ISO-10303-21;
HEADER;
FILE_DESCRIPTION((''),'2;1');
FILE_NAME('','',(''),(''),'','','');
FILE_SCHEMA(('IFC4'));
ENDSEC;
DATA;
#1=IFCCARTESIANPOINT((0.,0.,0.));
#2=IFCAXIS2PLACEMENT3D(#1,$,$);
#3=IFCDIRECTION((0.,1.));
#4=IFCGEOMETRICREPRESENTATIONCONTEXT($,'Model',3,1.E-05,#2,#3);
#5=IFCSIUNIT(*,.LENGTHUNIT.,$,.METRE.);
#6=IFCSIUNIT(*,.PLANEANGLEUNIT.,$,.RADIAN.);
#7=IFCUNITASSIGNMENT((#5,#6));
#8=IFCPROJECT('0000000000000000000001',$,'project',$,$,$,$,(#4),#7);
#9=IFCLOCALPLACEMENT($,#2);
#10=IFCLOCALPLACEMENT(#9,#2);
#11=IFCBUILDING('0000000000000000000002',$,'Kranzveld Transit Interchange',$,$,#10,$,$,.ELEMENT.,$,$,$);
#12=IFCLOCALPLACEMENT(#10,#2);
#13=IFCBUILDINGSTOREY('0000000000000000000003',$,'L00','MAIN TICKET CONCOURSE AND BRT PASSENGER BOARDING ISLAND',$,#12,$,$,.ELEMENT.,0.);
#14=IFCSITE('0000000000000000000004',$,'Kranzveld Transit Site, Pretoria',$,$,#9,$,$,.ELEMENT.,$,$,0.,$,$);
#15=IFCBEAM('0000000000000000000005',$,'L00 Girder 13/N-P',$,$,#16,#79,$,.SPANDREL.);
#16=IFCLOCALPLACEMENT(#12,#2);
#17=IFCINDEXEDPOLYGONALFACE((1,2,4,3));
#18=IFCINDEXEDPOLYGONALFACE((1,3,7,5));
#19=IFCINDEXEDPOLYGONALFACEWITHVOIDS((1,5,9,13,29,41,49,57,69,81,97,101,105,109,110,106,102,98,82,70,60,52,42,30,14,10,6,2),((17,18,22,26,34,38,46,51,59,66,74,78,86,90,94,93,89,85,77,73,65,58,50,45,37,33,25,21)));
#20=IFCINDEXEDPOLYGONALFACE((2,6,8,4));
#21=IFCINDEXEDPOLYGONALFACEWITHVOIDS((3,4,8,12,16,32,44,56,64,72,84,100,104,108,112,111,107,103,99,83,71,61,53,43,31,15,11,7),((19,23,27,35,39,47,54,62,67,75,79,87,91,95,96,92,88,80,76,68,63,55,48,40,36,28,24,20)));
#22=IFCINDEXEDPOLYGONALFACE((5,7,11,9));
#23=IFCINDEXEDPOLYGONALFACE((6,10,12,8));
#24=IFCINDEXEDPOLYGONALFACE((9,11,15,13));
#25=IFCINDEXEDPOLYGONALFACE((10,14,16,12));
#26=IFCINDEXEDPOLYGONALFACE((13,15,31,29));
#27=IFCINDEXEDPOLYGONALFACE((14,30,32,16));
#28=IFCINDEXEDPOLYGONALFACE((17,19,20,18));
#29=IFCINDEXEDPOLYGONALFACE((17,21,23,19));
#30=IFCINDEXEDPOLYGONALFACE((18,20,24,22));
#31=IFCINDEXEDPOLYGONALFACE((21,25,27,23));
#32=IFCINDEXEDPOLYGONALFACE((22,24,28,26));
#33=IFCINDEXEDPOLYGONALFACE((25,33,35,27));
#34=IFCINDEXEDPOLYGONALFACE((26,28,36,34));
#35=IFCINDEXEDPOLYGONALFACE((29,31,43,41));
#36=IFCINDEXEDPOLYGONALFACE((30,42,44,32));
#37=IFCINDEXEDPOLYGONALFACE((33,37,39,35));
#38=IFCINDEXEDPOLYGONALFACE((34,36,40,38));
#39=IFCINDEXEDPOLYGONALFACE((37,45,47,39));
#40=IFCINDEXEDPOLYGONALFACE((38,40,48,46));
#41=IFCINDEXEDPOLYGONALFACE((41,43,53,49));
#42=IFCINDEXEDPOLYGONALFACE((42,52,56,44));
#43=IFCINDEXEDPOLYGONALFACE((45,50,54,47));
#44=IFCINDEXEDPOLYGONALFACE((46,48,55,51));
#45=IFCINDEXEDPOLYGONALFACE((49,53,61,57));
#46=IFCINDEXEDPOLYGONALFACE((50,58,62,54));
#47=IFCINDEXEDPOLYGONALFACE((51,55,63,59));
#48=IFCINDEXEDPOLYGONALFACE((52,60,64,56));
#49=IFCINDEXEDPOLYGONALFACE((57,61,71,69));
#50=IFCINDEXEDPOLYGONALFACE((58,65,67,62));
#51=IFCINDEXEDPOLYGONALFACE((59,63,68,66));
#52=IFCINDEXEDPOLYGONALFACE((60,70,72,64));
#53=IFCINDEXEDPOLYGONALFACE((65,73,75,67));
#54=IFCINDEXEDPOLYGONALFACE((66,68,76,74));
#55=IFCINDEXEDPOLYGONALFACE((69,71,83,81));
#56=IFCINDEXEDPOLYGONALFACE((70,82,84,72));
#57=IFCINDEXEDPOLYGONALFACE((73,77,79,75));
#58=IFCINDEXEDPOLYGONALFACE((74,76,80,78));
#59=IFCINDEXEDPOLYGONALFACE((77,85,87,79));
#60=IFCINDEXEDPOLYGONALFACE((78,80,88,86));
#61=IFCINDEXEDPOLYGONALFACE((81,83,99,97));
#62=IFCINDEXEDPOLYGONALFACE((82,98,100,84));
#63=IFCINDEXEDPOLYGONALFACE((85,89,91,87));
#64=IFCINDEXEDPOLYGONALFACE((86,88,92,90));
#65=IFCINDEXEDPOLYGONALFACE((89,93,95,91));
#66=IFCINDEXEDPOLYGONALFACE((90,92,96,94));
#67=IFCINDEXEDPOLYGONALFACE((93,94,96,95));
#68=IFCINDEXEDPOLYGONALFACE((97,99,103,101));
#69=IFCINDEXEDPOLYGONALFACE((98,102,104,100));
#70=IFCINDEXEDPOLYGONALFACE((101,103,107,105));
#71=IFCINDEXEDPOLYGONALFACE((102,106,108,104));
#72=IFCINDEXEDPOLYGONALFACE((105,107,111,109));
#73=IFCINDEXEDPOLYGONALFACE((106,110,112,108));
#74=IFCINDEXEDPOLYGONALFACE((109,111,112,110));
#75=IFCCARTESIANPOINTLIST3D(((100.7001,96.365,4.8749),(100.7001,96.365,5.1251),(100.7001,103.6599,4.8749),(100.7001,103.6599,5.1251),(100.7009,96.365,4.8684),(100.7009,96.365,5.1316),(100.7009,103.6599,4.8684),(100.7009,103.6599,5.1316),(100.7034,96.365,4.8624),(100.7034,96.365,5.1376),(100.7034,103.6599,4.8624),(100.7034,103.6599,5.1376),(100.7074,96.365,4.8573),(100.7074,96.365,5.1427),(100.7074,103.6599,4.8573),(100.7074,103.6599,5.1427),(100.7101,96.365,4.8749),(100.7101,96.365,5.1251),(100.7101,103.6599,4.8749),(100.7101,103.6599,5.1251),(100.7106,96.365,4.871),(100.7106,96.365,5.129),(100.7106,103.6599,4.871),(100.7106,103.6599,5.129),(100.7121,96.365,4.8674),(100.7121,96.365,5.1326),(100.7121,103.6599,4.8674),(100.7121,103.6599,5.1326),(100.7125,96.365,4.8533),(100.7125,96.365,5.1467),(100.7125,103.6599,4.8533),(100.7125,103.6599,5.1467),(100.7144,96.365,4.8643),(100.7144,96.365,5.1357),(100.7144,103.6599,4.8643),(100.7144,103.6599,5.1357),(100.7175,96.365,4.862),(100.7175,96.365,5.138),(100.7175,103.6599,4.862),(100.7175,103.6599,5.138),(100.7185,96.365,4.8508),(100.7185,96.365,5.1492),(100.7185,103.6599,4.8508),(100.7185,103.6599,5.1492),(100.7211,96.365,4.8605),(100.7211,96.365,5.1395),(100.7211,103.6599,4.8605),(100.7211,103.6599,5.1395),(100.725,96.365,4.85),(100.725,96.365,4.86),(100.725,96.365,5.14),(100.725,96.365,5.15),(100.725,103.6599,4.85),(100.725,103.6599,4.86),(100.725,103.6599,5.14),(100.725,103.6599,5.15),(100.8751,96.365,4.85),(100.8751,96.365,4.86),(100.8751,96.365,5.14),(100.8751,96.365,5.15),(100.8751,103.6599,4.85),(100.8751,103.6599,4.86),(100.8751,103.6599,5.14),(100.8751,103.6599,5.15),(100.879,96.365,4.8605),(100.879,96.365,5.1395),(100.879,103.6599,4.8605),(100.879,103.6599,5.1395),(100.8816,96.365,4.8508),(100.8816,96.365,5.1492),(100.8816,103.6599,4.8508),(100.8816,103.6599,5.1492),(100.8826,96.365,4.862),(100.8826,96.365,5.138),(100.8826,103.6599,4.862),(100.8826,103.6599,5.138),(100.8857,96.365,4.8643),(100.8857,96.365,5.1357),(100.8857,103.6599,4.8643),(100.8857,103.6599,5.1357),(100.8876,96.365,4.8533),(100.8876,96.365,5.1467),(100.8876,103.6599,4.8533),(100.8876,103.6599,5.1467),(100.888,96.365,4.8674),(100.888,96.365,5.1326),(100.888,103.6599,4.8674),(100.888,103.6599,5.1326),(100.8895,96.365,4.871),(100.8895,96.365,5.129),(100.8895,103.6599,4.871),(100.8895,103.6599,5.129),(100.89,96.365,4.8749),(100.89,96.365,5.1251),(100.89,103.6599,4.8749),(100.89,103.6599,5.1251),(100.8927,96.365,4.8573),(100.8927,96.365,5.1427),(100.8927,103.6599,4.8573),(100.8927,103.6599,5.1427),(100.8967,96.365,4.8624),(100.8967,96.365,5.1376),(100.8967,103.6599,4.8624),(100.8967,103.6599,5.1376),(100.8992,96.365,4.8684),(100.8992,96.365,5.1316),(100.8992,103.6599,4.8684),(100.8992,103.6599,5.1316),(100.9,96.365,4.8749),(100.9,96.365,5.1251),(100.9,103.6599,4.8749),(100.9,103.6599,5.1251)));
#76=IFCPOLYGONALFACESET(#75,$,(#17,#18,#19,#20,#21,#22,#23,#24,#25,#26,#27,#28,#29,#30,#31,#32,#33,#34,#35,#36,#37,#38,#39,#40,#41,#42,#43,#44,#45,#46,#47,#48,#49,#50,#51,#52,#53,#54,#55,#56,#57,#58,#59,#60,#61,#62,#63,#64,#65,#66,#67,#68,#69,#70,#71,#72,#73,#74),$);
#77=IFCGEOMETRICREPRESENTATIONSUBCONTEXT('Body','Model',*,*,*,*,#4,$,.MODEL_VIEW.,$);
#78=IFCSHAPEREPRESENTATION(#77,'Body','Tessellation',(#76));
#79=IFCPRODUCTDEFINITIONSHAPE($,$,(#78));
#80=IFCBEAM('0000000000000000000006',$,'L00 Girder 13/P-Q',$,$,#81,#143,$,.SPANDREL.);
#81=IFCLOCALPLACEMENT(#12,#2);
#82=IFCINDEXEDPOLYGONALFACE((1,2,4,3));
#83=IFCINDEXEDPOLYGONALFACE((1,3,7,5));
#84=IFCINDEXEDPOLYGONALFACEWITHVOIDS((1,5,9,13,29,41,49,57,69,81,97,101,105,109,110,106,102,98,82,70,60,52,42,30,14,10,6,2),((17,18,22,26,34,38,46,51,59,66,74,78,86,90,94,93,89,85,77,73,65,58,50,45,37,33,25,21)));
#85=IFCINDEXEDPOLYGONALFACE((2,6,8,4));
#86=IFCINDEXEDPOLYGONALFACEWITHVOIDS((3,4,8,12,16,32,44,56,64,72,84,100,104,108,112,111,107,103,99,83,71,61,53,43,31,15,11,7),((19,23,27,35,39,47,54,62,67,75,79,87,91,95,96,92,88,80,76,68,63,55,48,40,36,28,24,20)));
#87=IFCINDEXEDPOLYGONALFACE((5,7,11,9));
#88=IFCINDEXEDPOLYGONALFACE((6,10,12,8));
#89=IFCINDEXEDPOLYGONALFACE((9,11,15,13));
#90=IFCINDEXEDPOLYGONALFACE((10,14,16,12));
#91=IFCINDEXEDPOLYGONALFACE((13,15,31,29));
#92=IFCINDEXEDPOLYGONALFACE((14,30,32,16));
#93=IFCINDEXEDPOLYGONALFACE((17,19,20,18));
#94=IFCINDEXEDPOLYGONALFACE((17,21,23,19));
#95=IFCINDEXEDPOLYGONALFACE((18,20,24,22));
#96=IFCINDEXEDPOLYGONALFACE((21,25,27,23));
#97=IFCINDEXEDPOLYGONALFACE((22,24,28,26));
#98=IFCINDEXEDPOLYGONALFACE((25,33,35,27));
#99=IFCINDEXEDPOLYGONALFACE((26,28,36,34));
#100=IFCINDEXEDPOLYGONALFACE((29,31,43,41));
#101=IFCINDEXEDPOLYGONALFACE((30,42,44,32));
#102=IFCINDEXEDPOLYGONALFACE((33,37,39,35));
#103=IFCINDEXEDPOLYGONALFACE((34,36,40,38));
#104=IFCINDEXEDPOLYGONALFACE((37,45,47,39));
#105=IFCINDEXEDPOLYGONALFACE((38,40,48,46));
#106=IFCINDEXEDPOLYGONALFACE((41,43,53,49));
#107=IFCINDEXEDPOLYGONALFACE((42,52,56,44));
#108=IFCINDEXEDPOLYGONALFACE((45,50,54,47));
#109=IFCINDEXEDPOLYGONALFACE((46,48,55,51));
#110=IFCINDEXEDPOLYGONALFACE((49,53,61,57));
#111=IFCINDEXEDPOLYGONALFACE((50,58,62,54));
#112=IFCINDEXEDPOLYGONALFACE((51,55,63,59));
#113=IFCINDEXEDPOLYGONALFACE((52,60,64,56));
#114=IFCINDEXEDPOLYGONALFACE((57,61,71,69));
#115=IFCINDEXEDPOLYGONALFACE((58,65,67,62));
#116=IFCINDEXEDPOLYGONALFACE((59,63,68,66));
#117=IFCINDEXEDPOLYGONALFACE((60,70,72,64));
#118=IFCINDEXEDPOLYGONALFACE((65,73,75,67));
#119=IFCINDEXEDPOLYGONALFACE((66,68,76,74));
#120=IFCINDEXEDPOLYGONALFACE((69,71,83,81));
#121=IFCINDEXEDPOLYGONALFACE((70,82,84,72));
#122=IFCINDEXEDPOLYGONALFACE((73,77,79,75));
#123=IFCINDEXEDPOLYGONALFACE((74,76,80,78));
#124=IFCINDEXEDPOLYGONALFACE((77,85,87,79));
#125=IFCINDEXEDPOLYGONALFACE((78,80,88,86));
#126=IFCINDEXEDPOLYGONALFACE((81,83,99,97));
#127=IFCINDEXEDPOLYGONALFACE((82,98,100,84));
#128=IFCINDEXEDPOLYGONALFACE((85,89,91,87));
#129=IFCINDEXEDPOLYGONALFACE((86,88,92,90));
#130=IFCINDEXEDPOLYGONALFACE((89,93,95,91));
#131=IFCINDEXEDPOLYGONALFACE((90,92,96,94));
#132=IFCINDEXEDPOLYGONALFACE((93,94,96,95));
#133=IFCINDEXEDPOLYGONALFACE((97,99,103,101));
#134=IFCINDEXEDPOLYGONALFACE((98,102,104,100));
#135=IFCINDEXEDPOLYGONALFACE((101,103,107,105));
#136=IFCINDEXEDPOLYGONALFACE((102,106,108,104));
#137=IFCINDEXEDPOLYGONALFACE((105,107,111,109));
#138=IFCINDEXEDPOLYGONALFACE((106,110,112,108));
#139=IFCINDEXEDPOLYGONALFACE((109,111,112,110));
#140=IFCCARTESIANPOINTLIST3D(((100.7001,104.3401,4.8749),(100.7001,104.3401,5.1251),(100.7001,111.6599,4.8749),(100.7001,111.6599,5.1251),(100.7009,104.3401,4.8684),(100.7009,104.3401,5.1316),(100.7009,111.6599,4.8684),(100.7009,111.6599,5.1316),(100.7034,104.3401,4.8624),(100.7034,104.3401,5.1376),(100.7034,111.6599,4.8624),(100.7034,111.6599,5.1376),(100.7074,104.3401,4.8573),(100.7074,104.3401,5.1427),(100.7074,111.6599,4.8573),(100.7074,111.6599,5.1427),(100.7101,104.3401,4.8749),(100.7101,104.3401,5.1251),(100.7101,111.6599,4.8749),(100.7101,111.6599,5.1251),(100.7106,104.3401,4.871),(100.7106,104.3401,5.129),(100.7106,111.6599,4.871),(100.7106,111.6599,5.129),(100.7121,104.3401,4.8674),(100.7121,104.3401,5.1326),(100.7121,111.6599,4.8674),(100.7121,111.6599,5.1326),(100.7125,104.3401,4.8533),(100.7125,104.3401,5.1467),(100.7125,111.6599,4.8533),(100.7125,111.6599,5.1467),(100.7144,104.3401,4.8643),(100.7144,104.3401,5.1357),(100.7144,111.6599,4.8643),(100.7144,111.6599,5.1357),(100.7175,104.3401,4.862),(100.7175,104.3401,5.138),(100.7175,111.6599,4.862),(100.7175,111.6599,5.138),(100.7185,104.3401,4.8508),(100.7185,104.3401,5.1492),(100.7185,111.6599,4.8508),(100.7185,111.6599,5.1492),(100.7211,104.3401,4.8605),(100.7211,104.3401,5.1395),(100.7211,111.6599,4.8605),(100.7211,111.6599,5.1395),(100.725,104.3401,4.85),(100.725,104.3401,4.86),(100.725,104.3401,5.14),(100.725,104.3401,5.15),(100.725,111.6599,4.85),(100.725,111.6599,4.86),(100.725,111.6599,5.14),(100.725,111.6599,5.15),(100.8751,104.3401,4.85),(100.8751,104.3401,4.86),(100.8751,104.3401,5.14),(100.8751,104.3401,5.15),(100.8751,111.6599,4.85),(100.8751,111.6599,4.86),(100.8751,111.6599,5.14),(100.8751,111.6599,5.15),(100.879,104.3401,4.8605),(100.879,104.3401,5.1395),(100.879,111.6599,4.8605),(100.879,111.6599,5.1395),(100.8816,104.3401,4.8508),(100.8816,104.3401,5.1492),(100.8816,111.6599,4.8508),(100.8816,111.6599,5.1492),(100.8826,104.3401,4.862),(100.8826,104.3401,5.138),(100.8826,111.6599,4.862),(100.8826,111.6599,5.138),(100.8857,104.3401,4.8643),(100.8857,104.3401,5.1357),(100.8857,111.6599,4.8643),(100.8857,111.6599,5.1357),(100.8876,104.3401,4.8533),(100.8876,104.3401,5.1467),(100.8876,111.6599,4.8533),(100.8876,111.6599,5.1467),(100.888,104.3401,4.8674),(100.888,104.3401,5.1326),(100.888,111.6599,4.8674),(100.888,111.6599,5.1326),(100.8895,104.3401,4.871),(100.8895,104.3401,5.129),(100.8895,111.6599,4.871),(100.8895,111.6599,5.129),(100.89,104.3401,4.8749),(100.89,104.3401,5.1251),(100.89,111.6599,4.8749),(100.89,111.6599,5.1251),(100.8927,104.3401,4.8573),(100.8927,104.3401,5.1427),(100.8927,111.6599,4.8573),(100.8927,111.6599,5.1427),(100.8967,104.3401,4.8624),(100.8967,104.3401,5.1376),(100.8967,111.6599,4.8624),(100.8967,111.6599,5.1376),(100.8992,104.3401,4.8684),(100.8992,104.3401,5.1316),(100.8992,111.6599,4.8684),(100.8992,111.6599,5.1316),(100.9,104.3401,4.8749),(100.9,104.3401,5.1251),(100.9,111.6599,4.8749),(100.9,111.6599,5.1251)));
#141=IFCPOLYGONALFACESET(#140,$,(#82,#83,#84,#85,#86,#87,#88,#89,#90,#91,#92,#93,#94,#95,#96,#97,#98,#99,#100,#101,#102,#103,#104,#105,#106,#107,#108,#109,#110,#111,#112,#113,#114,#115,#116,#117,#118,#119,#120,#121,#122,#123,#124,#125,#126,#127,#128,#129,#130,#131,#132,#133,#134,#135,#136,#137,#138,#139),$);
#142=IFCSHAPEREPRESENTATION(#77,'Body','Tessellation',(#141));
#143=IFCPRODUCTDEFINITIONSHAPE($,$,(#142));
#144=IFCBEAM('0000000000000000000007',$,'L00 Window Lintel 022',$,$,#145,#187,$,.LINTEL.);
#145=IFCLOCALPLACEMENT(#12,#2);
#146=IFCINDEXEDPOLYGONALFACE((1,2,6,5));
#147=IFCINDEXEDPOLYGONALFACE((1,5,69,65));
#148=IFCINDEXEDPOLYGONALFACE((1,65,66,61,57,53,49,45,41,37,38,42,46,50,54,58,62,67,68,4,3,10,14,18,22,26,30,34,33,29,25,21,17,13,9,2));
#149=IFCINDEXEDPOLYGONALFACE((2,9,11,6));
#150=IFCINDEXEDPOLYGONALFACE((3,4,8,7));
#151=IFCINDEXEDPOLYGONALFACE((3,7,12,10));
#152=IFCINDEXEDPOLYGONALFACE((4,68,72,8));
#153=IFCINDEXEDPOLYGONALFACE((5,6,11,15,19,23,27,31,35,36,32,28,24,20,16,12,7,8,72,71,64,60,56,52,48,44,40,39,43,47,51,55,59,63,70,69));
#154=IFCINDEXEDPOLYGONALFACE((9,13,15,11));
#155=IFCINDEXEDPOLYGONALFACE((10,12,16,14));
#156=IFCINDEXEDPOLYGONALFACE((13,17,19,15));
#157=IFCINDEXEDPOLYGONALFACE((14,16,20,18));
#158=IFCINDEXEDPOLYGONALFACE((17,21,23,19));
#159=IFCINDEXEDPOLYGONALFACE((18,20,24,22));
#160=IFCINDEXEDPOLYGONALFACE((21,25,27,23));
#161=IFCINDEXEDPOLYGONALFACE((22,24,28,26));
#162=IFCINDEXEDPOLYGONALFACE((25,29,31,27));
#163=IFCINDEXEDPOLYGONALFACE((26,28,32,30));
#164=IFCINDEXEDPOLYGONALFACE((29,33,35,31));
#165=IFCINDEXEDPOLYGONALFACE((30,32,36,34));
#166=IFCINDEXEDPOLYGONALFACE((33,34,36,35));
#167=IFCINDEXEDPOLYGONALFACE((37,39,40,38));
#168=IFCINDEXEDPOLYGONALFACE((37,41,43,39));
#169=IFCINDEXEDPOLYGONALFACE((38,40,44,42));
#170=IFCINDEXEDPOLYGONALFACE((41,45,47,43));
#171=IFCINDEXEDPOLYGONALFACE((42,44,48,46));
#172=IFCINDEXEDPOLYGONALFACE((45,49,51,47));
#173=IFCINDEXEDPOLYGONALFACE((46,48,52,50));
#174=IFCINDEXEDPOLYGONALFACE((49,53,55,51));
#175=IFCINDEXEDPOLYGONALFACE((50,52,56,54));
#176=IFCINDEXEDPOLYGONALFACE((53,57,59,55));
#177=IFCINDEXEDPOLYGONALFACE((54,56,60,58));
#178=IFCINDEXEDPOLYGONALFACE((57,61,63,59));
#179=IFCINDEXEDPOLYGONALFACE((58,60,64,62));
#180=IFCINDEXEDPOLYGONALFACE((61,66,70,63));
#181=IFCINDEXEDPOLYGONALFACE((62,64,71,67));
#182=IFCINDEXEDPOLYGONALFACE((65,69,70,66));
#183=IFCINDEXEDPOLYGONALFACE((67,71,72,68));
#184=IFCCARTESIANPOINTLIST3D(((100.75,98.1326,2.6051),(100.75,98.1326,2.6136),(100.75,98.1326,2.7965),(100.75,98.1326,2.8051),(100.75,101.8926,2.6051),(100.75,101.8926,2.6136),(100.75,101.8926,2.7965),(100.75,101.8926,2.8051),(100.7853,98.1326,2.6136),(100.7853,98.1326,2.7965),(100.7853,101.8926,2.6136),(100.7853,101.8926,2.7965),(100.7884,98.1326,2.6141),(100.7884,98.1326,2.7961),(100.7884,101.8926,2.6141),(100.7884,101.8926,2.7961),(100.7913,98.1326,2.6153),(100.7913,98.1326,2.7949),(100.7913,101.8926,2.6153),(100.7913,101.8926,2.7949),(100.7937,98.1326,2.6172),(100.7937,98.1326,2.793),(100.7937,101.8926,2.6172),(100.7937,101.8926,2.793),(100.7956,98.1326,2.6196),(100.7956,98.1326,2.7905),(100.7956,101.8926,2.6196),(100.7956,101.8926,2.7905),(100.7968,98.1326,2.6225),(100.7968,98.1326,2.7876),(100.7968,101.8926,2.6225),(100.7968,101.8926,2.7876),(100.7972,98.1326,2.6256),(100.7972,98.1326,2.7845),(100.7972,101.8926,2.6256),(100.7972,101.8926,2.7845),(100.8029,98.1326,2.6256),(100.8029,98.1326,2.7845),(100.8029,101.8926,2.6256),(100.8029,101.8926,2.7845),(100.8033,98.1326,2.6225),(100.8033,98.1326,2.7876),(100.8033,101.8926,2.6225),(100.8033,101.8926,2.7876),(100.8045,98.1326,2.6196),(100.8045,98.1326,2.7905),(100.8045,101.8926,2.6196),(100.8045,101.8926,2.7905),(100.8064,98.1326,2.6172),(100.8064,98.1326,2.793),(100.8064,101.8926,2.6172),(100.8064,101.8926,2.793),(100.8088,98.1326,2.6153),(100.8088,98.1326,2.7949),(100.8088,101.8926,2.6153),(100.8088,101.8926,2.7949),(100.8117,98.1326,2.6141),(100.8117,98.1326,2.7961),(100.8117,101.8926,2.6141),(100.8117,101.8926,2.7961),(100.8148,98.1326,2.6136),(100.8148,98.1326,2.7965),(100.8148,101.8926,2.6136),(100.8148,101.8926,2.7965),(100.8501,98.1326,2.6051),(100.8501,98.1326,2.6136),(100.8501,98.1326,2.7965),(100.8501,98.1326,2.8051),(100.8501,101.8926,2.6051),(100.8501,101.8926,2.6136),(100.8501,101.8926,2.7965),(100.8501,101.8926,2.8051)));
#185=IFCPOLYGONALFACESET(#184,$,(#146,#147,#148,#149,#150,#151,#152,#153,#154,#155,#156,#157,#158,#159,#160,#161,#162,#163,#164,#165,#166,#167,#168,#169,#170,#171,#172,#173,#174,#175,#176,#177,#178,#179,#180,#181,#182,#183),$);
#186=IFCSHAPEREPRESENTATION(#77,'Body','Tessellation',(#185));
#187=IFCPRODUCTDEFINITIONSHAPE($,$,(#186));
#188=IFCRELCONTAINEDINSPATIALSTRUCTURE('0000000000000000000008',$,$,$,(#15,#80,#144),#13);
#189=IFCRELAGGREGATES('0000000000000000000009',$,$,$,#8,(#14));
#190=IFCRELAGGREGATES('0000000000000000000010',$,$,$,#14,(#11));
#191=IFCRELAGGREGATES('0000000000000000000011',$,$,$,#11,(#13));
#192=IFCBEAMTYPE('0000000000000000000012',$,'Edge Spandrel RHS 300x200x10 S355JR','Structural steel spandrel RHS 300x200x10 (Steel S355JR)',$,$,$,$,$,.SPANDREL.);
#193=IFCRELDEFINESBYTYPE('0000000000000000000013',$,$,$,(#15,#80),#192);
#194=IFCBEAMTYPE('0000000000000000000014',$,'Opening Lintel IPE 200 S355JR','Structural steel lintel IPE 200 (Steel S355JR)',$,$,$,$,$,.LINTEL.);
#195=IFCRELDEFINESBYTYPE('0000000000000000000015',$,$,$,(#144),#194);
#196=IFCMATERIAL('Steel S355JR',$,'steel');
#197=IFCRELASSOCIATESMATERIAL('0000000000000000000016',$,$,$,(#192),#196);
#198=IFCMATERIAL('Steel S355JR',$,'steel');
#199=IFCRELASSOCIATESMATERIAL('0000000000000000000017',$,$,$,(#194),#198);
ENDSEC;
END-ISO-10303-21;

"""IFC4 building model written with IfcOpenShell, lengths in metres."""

from ifc_helpers import new_model, si_unit, direction, frame, origin, origin_2d, place, context, subcontext, project, spatial, hollow_rectangle, i_section, extrude, material, material_profile, profile_set, type_object, element, save


model = new_model("IFC4")

# Units and contexts
model_context = context("Model", 3, precision=1e-05, world=origin(), true_north=direction((0.0, 1.0)))
body_context = subcontext(model_context, "Body", "Model", "MODEL_VIEW")
ifc_project = project(units=[si_unit("LENGTHUNIT", "METRE"), si_unit("PLANEANGLEUNIT", "RADIAN")], contexts=[model_context])

# Site, building, storey
site_placement = place(None, origin())
site = spatial("IfcSite", under=ifc_project, at=site_placement, Name="Kranzveld Transit Site, Pretoria", CompositionType="ELEMENT", RefElevation=0.0)
building_placement = place(site_placement, origin())
building = spatial("IfcBuilding", under=site, at=building_placement, Name="Kranzveld Transit Interchange", CompositionType="ELEMENT")
storey_placement = place(building_placement, origin())
storey = spatial("IfcBuildingStorey", under=building, at=storey_placement, Name="L00", Description="MAIN TICKET CONCOURSE AND BRT PASSENGER BOARDING ISLAND", CompositionType="ELEMENT", Elevation=0.0)

# Beams
ifc_material_1 = material(Name="Steel S355JR", Category="steel")
ifc_material_profile_1 = material_profile(ifc_material_1, hollow_rectangle(XDim=0.2, YDim=0.3, WallThickness=0.01, InnerFilletRadius=0.0149, OuterFilletRadius=0.0249, at=origin_2d()), Name="RHS 300x200x10")
ifc_profile_set_1 = profile_set([ifc_material_profile_1], Name="Steel S355JR")
beam_type_1 = type_object("IfcBeamType", Name="Edge Spandrel RHS 300x200x10 S355JR", Description="Structural steel spandrel RHS 300x200x10 (Steel S355JR)", PredefinedType="SPANDREL", material=ifc_profile_set_1)
beam_1_placement = place(storey_placement, frame((100.8, 96.365, 5.0), z_axis=(0.0, 1.0, 0.0), x_axis=(-1.0, 0.0, 0.0)))
element("IfcBeam", 1, at=beam_1_placement, inside=storey, type_object=beam_type_1, Name="L00 Girder 13/N-P", PredefinedType="SPANDREL", context=body_context, shape_type="SweptSolid", body=[
    extrude(hollow_rectangle(XDim=0.2, YDim=0.3, WallThickness=0.01, InnerFilletRadius=0.0149, OuterFilletRadius=0.0249, at=origin_2d()), origin(), (0.0, 0.0, 1.0), 7.2949),
])
beam_2_placement = place(storey_placement, frame((100.8, 104.3401, 5.0), z_axis=(0.0, 1.0, 0.0), x_axis=(-1.0, 0.0, 0.0)))
element("IfcBeam", 2, at=beam_2_placement, inside=storey, type_object=beam_type_1, Name="L00 Girder 13/P-Q", PredefinedType="SPANDREL", context=body_context, shape_type="SweptSolid", body=[
    extrude(hollow_rectangle(XDim=0.2, YDim=0.3, WallThickness=0.01, InnerFilletRadius=0.0149, OuterFilletRadius=0.0249, at=origin_2d()), origin(), (0.0, 0.0, 1.0), 7.3198),
])
ifc_material_2 = material(Name="Steel S355JR", Category="steel")
ifc_material_profile_2 = material_profile(ifc_material_2, i_section(OverallWidth=0.1001, OverallDepth=0.2, WebThickness=0.0056, FlangeThickness=0.0085, FilletRadius=0.012, at=origin_2d()), Name="IPE 200")
ifc_profile_set_2 = profile_set([ifc_material_profile_2], Name="Steel S355JR")
beam_type_2 = type_object("IfcBeamType", Name="Opening Lintel IPE 200 S355JR", Description="Structural steel lintel IPE 200 (Steel S355JR)", PredefinedType="LINTEL", material=ifc_profile_set_2)
beam_3_placement = place(storey_placement, frame((100.8, 98.1326, 2.7051), z_axis=(0.0, 1.0, 0.0), x_axis=(-1.0, 0.0, 0.0)))
element("IfcBeam", 3, at=beam_3_placement, inside=storey, type_object=beam_type_2, Name="L00 Window Lintel 022", PredefinedType="LINTEL", context=body_context, shape_type="SweptSolid", body=[
    extrude(i_section(OverallWidth=0.1001, OverallDepth=0.2, WebThickness=0.0056, FlangeThickness=0.0085, FilletRadius=0.012, at=origin_2d()), origin(), (0.0, 0.0, 1.0), 3.76),
])

save(model, "model.ifc")
